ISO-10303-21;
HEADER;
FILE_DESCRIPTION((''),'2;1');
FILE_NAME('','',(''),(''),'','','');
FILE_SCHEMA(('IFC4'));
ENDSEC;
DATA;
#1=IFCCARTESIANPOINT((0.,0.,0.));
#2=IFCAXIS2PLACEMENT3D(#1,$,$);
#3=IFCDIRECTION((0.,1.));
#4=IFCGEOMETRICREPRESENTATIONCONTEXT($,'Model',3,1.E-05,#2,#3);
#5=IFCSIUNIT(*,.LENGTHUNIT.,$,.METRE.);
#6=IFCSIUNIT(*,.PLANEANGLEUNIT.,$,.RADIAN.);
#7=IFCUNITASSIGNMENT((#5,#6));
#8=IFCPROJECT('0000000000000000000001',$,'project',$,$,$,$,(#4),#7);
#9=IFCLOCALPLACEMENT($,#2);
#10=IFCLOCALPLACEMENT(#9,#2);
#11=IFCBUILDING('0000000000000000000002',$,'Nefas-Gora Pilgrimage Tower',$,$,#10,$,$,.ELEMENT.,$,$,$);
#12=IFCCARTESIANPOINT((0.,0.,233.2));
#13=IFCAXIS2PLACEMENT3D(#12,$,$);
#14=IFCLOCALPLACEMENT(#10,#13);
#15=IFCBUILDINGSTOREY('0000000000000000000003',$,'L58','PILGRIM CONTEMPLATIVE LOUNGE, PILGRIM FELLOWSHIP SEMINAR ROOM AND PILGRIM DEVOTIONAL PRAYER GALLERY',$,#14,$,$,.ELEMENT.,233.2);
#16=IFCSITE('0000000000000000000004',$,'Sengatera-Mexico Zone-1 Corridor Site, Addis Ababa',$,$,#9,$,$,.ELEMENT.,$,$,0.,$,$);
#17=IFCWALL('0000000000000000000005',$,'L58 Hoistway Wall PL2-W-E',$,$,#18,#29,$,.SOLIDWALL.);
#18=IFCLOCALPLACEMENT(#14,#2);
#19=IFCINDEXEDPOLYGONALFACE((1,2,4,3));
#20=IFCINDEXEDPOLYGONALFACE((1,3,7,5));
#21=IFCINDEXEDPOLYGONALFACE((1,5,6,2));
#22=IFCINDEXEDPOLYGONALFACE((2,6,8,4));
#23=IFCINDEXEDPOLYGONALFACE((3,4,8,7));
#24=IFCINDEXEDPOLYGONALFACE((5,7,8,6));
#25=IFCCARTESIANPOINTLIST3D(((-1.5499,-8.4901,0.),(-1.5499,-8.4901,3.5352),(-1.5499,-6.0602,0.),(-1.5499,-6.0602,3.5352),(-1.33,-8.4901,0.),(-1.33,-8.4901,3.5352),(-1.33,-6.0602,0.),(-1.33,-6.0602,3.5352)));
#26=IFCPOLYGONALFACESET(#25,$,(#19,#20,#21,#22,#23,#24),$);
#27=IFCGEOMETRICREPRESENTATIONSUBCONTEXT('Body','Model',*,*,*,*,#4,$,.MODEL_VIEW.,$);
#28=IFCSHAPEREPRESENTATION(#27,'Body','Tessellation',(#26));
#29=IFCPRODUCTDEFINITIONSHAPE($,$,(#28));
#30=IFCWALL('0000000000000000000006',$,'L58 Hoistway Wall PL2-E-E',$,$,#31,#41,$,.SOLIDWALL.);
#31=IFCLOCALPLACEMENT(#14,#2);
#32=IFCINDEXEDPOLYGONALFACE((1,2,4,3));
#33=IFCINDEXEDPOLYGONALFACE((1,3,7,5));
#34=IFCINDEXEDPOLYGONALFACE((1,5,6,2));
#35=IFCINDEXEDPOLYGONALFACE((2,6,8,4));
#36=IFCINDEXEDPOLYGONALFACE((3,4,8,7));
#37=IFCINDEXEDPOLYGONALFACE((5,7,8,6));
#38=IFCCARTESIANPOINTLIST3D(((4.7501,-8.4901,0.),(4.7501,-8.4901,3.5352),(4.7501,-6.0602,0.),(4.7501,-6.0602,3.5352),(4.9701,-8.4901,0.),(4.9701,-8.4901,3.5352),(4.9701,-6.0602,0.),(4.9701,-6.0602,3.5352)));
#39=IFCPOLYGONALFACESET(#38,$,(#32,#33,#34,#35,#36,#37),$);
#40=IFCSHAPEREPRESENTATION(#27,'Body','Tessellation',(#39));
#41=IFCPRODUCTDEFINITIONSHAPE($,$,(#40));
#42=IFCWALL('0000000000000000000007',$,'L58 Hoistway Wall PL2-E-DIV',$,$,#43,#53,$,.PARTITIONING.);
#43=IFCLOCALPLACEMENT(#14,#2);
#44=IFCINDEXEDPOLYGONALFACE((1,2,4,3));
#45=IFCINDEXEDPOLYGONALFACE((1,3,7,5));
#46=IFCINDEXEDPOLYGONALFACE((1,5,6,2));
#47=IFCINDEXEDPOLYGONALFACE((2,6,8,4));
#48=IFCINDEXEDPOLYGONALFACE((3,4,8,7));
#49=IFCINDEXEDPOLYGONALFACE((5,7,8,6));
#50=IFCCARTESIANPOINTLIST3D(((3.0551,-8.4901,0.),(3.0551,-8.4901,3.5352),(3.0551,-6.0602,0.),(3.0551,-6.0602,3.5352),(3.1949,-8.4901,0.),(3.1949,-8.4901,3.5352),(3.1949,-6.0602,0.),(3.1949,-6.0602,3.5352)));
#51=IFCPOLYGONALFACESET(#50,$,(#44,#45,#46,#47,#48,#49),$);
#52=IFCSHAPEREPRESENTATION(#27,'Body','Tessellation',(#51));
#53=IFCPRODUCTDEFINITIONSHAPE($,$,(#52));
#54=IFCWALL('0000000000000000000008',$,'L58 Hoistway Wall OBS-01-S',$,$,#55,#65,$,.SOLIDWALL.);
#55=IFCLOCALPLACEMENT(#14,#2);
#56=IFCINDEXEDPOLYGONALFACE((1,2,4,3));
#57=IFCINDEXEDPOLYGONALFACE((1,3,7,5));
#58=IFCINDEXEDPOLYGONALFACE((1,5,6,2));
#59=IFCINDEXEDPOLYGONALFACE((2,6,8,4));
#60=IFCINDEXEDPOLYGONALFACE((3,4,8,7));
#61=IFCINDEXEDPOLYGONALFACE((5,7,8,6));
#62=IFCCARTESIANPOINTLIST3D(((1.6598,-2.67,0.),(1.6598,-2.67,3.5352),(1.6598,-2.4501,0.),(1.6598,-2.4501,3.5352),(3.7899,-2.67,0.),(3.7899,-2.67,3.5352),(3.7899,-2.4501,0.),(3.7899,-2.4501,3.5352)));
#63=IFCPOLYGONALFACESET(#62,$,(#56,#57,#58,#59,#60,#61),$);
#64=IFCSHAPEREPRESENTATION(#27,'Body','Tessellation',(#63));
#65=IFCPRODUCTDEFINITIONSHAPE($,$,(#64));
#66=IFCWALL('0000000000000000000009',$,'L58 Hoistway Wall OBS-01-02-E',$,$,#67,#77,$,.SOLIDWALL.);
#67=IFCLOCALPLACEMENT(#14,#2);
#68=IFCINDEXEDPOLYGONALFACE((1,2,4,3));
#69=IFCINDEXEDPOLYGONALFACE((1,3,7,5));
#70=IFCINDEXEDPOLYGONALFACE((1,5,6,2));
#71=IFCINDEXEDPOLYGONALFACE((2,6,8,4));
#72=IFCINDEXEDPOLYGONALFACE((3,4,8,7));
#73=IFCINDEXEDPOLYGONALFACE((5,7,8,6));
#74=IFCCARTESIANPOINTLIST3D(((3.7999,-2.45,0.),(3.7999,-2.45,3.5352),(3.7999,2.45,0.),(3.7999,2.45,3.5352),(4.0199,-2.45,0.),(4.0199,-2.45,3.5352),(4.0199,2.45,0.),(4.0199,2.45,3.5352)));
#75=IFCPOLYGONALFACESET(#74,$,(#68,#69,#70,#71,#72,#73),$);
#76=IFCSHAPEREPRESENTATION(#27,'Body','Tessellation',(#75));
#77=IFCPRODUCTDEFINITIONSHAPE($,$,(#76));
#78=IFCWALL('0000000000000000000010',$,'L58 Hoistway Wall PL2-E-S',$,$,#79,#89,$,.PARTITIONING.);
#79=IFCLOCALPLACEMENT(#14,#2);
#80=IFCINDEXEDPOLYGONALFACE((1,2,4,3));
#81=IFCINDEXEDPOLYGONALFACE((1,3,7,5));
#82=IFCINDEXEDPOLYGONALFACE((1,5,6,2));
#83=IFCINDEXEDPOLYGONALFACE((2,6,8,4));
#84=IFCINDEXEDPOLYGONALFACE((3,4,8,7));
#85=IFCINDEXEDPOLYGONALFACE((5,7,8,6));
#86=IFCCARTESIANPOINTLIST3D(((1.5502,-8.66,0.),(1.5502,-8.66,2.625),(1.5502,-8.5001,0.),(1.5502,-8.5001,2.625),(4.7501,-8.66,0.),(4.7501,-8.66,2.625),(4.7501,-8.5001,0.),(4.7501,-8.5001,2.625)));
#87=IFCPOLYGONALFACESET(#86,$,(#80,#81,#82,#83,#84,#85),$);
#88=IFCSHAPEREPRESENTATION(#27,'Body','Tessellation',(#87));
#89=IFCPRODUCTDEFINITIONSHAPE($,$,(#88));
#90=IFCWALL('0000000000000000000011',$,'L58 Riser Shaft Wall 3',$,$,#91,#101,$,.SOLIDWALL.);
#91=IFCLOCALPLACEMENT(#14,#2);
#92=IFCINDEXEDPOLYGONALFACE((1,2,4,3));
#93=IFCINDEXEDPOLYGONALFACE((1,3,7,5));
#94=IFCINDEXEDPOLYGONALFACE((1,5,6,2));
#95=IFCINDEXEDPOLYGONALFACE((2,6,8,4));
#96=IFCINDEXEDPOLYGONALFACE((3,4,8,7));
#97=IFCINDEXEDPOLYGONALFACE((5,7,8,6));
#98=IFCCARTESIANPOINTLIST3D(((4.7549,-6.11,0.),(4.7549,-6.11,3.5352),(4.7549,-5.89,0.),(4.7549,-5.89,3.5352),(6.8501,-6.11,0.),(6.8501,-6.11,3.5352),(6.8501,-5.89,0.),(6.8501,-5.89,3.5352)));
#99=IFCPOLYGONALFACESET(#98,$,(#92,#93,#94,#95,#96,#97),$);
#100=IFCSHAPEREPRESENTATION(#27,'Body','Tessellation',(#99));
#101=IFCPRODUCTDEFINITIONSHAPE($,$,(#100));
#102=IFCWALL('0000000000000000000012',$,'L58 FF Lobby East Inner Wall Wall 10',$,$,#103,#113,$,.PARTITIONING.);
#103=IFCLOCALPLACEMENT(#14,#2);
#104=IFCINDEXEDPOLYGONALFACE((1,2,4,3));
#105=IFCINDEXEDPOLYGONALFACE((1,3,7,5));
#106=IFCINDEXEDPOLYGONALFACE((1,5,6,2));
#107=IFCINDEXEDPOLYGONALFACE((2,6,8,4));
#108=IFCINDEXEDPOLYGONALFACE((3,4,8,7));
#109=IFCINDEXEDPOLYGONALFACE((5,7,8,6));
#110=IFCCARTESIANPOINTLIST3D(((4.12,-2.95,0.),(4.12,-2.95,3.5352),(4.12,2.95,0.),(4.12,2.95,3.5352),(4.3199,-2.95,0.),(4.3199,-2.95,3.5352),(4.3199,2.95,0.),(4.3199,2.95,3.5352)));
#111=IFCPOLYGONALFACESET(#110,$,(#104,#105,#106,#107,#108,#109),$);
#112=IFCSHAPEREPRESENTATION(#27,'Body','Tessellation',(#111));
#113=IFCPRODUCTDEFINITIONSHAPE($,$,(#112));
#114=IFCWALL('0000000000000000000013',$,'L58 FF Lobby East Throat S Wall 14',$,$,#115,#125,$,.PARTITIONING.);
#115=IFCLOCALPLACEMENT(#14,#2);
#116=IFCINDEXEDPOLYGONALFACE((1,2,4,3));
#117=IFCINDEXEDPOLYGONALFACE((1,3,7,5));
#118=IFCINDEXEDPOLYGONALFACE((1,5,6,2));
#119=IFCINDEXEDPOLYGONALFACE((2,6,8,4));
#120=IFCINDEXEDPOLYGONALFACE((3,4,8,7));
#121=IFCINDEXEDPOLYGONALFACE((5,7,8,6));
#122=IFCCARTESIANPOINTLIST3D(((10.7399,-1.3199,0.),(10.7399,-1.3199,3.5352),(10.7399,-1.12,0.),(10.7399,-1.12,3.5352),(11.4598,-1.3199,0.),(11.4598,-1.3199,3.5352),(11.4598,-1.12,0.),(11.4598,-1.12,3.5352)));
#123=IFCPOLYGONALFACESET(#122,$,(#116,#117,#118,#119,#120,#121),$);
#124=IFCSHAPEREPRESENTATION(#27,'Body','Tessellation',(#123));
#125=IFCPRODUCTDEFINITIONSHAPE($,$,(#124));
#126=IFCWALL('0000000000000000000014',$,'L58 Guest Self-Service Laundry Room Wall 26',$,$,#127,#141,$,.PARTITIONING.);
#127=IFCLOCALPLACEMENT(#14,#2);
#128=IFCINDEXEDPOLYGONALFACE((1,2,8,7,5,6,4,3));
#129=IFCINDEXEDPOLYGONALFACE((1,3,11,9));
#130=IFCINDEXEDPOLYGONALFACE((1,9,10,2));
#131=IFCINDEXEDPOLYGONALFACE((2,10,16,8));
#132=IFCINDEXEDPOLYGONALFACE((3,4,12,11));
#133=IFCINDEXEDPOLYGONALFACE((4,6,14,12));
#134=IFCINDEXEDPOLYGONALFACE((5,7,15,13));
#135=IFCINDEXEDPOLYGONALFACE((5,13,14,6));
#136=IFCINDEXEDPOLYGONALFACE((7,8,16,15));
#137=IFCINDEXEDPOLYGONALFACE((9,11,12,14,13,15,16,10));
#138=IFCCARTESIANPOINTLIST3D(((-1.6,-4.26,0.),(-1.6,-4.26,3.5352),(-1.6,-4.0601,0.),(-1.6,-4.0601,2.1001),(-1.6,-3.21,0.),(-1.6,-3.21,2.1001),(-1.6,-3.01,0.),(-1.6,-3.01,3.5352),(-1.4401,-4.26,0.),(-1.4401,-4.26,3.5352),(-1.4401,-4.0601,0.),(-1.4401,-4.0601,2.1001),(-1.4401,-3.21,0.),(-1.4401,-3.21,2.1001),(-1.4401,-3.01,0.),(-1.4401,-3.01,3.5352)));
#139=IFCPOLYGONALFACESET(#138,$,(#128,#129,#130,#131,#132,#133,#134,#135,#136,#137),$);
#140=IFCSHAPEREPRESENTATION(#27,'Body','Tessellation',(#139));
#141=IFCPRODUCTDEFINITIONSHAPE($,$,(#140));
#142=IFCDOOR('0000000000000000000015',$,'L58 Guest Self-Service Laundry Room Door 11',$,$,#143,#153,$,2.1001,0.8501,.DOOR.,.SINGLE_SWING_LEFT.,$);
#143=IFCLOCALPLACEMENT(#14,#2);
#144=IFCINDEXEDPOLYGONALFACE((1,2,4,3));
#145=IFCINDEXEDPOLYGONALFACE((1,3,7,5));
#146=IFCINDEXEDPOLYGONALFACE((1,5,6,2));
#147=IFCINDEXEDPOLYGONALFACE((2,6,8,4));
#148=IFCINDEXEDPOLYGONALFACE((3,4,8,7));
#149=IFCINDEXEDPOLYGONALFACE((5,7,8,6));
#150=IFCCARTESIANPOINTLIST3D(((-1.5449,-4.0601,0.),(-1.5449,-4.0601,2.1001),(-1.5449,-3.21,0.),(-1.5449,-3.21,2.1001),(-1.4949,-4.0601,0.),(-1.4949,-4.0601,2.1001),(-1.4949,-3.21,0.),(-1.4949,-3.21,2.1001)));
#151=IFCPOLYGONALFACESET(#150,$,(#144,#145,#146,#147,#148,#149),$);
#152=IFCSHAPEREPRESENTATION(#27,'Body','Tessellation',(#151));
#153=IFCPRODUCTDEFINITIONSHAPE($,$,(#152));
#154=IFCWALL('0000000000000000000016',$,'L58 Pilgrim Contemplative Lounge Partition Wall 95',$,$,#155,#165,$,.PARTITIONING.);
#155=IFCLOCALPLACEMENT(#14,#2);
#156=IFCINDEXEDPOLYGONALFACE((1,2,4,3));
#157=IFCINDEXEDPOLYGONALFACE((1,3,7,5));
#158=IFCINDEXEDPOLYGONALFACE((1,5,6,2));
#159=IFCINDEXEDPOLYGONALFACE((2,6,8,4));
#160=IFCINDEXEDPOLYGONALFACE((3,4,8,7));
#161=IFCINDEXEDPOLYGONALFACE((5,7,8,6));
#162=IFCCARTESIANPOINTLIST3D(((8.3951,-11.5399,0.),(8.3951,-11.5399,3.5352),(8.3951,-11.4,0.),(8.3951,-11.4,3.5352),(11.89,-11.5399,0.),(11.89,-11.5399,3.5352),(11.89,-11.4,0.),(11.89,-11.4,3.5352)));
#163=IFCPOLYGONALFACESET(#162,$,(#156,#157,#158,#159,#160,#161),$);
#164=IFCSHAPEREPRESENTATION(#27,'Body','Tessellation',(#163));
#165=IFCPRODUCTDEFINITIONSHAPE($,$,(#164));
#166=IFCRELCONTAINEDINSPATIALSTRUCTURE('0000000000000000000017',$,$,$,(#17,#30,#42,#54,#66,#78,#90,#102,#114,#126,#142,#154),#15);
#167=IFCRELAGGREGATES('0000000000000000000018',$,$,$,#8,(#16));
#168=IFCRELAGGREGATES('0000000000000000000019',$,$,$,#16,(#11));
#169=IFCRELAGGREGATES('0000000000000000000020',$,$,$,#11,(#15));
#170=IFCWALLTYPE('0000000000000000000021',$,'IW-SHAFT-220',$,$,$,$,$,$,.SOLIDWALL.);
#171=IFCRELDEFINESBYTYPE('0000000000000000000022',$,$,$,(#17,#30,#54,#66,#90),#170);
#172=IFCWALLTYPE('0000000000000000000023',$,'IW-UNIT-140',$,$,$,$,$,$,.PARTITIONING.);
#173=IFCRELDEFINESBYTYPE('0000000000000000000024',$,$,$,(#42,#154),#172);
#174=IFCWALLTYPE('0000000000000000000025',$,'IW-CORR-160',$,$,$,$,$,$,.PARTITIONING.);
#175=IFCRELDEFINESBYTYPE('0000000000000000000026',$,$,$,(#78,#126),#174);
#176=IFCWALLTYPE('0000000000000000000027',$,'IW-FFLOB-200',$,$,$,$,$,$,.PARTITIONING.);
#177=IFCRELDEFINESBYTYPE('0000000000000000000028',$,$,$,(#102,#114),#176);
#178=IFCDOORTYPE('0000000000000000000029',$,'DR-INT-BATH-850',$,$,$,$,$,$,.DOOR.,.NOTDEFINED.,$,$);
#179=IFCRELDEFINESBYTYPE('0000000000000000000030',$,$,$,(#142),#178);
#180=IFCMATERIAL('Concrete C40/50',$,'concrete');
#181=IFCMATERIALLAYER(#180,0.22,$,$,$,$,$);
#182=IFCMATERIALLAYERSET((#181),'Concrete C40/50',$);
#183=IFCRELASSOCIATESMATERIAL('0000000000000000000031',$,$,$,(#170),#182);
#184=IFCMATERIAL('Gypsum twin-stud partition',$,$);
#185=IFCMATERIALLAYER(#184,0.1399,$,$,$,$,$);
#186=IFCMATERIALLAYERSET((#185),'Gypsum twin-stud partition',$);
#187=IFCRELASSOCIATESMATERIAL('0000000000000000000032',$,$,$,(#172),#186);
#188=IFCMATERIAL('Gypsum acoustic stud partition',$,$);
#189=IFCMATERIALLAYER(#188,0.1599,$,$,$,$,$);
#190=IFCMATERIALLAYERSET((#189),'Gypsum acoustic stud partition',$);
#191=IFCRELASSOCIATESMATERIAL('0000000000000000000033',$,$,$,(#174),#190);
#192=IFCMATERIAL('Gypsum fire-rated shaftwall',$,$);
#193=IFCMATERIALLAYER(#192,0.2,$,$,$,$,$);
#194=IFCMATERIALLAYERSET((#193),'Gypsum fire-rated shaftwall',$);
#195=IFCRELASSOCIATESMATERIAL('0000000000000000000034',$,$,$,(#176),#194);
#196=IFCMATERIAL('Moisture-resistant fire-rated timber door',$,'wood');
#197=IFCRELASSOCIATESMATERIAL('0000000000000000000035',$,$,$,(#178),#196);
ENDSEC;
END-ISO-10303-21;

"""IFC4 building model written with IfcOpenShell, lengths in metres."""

from ifc_helpers import new_model, si_unit, direction, frame, frame_2d, origin, place, context, subcontext, project, spatial, rectangle, extrude, source, transform, mapped, material, layer, layer_set, type_object, element, fill, save


model = new_model("IFC4")

# Units and contexts
model_context = context("Model", 3, precision=1e-05, world=origin(), true_north=direction((0.0, 1.0)))
body_context = subcontext(model_context, "Body", "Model", "MODEL_VIEW")
ifc_project = project(units=[si_unit("LENGTHUNIT", "METRE"), si_unit("PLANEANGLEUNIT", "RADIAN")], contexts=[model_context])

# Site, building, storey
site_placement = place(None, origin())
site = spatial("IfcSite", under=ifc_project, at=site_placement, Name="Sengatera-Mexico Zone-1 Corridor Site, Addis Ababa", CompositionType="ELEMENT", RefElevation=0.0)
building_placement = place(site_placement, origin())
building = spatial("IfcBuilding", under=site, at=building_placement, Name="Nefas-Gora Pilgrimage Tower", CompositionType="ELEMENT")
storey_placement = place(building_placement, frame((0.0, 0.0, 233.2)))
storey = spatial("IfcBuildingStorey", under=building, at=storey_placement, Name="L58", Description="PILGRIM CONTEMPLATIVE LOUNGE, PILGRIM FELLOWSHIP SEMINAR ROOM AND PILGRIM DEVOTIONAL PRAYER GALLERY", CompositionType="ELEMENT", Elevation=233.2)

# Shared definitions
ifc_material_1 = material(Name="Concrete C40/50", Category="concrete")
ifc_layer_1 = layer(ifc_material_1, 0.22)
ifc_layer_set_1 = layer_set([ifc_layer_1], Name="Concrete C40/50")
wall_type_1 = type_object("IfcWallType", Name="IW-SHAFT-220", PredefinedType="SOLIDWALL", material=ifc_layer_set_1)

# Walls
shared_shape_1 = source(origin(), body_context, "Body", "SweptSolid", [
    extrude(rectangle(XDim=2.4299, YDim=0.22, at=frame_2d((1.2148, 0.0))), origin(), (0.0, 0.0, 1.0), 3.5352),
])
for number, where, z_axis, x_axis, name in (
    (1, (-1.4399, -8.49, 0.0), (0.0, 0.0, 1.0), (0.0, 1.0, 0.0), "L58 Hoistway Wall PL2-W-E"),
    (2, (4.8601, -8.49, 0.0), (0.0, 0.0, 1.0), (0.0, 1.0, 0.0), "L58 Hoistway Wall PL2-E-E"),
):
    element("IfcWall", number, at=place(storey_placement, frame(where, z_axis=z_axis, x_axis=x_axis)), inside=storey, type_object=wall_type_1, Name=name, PredefinedType="SOLIDWALL", context=body_context, shape_type="MappedRepresentation", body=[
        mapped(shared_shape_1, transform((0.0, 0.0, 0.0), x_axis=(1.0, 0.0, 0.0), y_axis=(0.0, 1.0, 0.0), z_axis=(0.0, 0.0, 1.0), scale=1.0)),
    ])
ifc_material_2 = material(Name="Gypsum twin-stud partition")
ifc_layer_2 = layer(ifc_material_2, 0.1399)
ifc_layer_set_2 = layer_set([ifc_layer_2], Name="Gypsum twin-stud partition")
wall_type_2 = type_object("IfcWallType", Name="IW-UNIT-140", PredefinedType="PARTITIONING", material=ifc_layer_set_2)
shared_shape_2 = source(origin(), body_context, "Body", "SweptSolid", [
    extrude(rectangle(XDim=2.4299, YDim=0.1399, at=frame_2d((1.2148, 0.0))), origin(), (0.0, 0.0, 1.0), 3.5352),
])
wall_1_placement = place(storey_placement, frame((3.125, -8.49, 0.0), z_axis=(0.0, 0.0, 1.0), x_axis=(0.0, 1.0, 0.0)))
element("IfcWall", 3, at=wall_1_placement, inside=storey, type_object=wall_type_2, Name="L58 Hoistway Wall PL2-E-DIV", PredefinedType="PARTITIONING", context=body_context, shape_type="MappedRepresentation", body=[
    mapped(shared_shape_2, transform((0.0, 0.0, 0.0), x_axis=(1.0, 0.0, 0.0), y_axis=(0.0, 1.0, 0.0), z_axis=(0.0, 0.0, 1.0), scale=1.0)),
])
shared_shape_3 = source(origin(), body_context, "Body", "SweptSolid", [
    extrude(rectangle(XDim=2.1301, YDim=0.22, at=frame_2d((1.0649, 0.0))), origin(), (0.0, 0.0, 1.0), 3.5352),
])
wall_2_placement = place(storey_placement, frame((1.6599, -2.5601, 0.0), z_axis=(0.0, 0.0, 1.0), x_axis=(1.0, 0.0, 0.0)))
element("IfcWall", 4, at=wall_2_placement, inside=storey, type_object=wall_type_1, Name="L58 Hoistway Wall OBS-01-S", PredefinedType="SOLIDWALL", context=body_context, shape_type="MappedRepresentation", body=[
    mapped(shared_shape_3, transform((0.0, 0.0, 0.0), x_axis=(1.0, 0.0, 0.0), y_axis=(0.0, 1.0, 0.0), z_axis=(0.0, 0.0, 1.0), scale=1.0)),
])
shared_shape_4 = source(origin(), body_context, "Body", "SweptSolid", [
    extrude(rectangle(XDim=4.8999, YDim=0.22, at=frame_2d((2.45, 0.0))), origin(), (0.0, 0.0, 1.0), 3.5352),
])
wall_3_placement = place(storey_placement, frame((3.9099, -2.45, 0.0), z_axis=(0.0, 0.0, 1.0), x_axis=(0.0, 1.0, 0.0)))
element("IfcWall", 5, at=wall_3_placement, inside=storey, type_object=wall_type_1, Name="L58 Hoistway Wall OBS-01-02-E", PredefinedType="SOLIDWALL", context=body_context, shape_type="MappedRepresentation", body=[
    mapped(shared_shape_4, transform((0.0, 0.0, 0.0), x_axis=(1.0, 0.0, 0.0), y_axis=(0.0, 1.0, 0.0), z_axis=(0.0, 0.0, 1.0), scale=1.0)),
])
ifc_material_3 = material(Name="Gypsum acoustic stud partition")
ifc_layer_3 = layer(ifc_material_3, 0.1599)
ifc_layer_set_3 = layer_set([ifc_layer_3], Name="Gypsum acoustic stud partition")
wall_type_3 = type_object("IfcWallType", Name="IW-CORR-160", PredefinedType="PARTITIONING", material=ifc_layer_set_3)
shared_shape_5 = source(origin(), body_context, "Body", "SweptSolid", [
    extrude(rectangle(XDim=3.2, YDim=0.1599, at=frame_2d((1.6001, 0.0))), origin(), (0.0, 0.0, 1.0), 2.625),
])
wall_4_placement = place(storey_placement, frame((1.55, -8.5801, 0.0), z_axis=(0.0, 0.0, 1.0), x_axis=(1.0, 0.0, 0.0)))
element("IfcWall", 6, at=wall_4_placement, inside=storey, type_object=wall_type_3, Name="L58 Hoistway Wall PL2-E-S", PredefinedType="PARTITIONING", context=body_context, shape_type="MappedRepresentation", body=[
    mapped(shared_shape_5, transform((0.0, 0.0, 0.0), x_axis=(1.0, 0.0, 0.0), y_axis=(0.0, 1.0, 0.0), z_axis=(0.0, 0.0, 1.0), scale=1.0)),
])
shared_shape_6 = source(origin(), body_context, "Body", "SweptSolid", [
    extrude(rectangle(XDim=2.0952, YDim=0.22, at=frame_2d((1.0476, 0.0))), origin(), (0.0, 0.0, 1.0), 3.5352),
])
wall_5_placement = place(storey_placement, frame((4.7549, -6.0, 0.0), z_axis=(0.0, 0.0, 1.0), x_axis=(1.0, 0.0, 0.0)))
element("IfcWall", 7, at=wall_5_placement, inside=storey, type_object=wall_type_1, Name="L58 Riser Shaft Wall 3", PredefinedType="SOLIDWALL", context=body_context, shape_type="MappedRepresentation", body=[
    mapped(shared_shape_6, transform((0.0, 0.0, 0.0), x_axis=(1.0, 0.0, 0.0), y_axis=(0.0, 1.0, 0.0), z_axis=(0.0, 0.0, 1.0), scale=1.0)),
])
ifc_material_4 = material(Name="Gypsum fire-rated shaftwall")
ifc_layer_4 = layer(ifc_material_4, 0.2)
ifc_layer_set_4 = layer_set([ifc_layer_4], Name="Gypsum fire-rated shaftwall")
wall_type_4 = type_object("IfcWallType", Name="IW-FFLOB-200", PredefinedType="PARTITIONING", material=ifc_layer_set_4)
shared_shape_7 = source(origin(), body_context, "Body", "SweptSolid", [
    extrude(rectangle(XDim=5.8999, YDim=0.2, at=frame_2d((2.95, 0.0))), origin(), (0.0, 0.0, 1.0), 3.5352),
])
wall_6_placement = place(storey_placement, frame((4.22, -2.95, 0.0), z_axis=(0.0, 0.0, 1.0), x_axis=(0.0, 1.0, 0.0)))
element("IfcWall", 8, at=wall_6_placement, inside=storey, type_object=wall_type_4, Name="L58 FF Lobby East Inner Wall Wall 10", PredefinedType="PARTITIONING", context=body_context, shape_type="MappedRepresentation", body=[
    mapped(shared_shape_7, transform((0.0, 0.0, 0.0), x_axis=(1.0, 0.0, 0.0), y_axis=(0.0, 1.0, 0.0), z_axis=(0.0, 0.0, 1.0), scale=1.0)),
])
shared_shape_8 = source(origin(), body_context, "Body", "SweptSolid", [
    extrude(rectangle(XDim=0.72, YDim=0.2, at=frame_2d((0.3599, 0.0))), origin(), (0.0, 0.0, 1.0), 3.5352),
])
wall_7_placement = place(storey_placement, frame((10.74, -1.22, 0.0), z_axis=(0.0, 0.0, 1.0), x_axis=(1.0, 0.0, 0.0)))
element("IfcWall", 9, at=wall_7_placement, inside=storey, type_object=wall_type_4, Name="L58 FF Lobby East Throat S Wall 14", PredefinedType="PARTITIONING", context=body_context, shape_type="MappedRepresentation", body=[
    mapped(shared_shape_8, transform((0.0, 0.0, 0.0), x_axis=(1.0, 0.0, 0.0), y_axis=(0.0, 1.0, 0.0), z_axis=(0.0, 0.0, 1.0), scale=1.0)),
])

# Wall, opening, door
shared_shape_9 = source(origin(), body_context, "Body", "SweptSolid", [
    extrude(rectangle(XDim=1.25, YDim=0.1599, at=frame_2d((0.625, 0.0))), origin(), (0.0, 0.0, 1.0), 3.5352),
])
wall_8_placement = place(storey_placement, frame((-1.52, -4.26, 0.0), z_axis=(0.0, 0.0, 1.0), x_axis=(0.0, 1.0, 0.0)))
wall_8 = element("IfcWall", 10, at=wall_8_placement, inside=storey, type_object=wall_type_3, Name="L58 Guest Self-Service Laundry Room Wall 26", PredefinedType="PARTITIONING", context=body_context, shape_type="MappedRepresentation", body=[
    mapped(shared_shape_9, transform((0.0, 0.0, 0.0), x_axis=(1.0, 0.0, 0.0), y_axis=(0.0, 1.0, 0.0), z_axis=(0.0, 0.0, 1.0), scale=1.0)),
])
opening_1_placement = place(wall_8_placement, frame((0.2, 0.0, 0.0)))
opening_1 = element("IfcOpeningElement", 11, at=opening_1_placement, cuts=wall_8, PredefinedType="OPENING", context=body_context, shape_type="SweptSolid", body=[
    extrude(rectangle(XDim=0.8501, YDim=2.1001, at=frame_2d((0.425, 1.05))), frame((0.0, 0.0898, 0.0), z_axis=(0.0, -1.0, 0.0), x_axis=(1.0, 0.0, 0.0)), (0.0, 0.0, 1.0), 0.1799),
])
ifc_material_5 = material(Name="Moisture-resistant fire-rated timber door", Category="wood")
door_type_1 = type_object("IfcDoorType", Name="DR-INT-BATH-850", OperationType="NOTDEFINED", PredefinedType="DOOR", material=ifc_material_5)
shared_shape_10 = source(origin(), body_context, "Body", "SweptSolid", [
    extrude(rectangle(XDim=0.8501, YDim=2.1001, at=frame_2d((0.425, 1.05))), frame((0.0, 0.0249, 0.0), z_axis=(0.0, -1.0, 0.0), x_axis=(1.0, 0.0, 0.0)), (0.0, 0.0, 1.0), 0.05),
])
door_1_placement = place(opening_1_placement, origin())
door_1 = element("IfcDoor", 12, at=door_1_placement, inside=storey, type_object=door_type_1, Name="L58 Guest Self-Service Laundry Room Door 11", OperationType="SINGLE_SWING_LEFT", OverallHeight=2.1001, OverallWidth=0.8501, PredefinedType="DOOR", context=body_context, shape_type="MappedRepresentation", body=[
    mapped(shared_shape_10, transform((0.0, 0.0, 0.0), x_axis=(1.0, 0.0, 0.0), y_axis=(0.0, 1.0, 0.0), z_axis=(0.0, 0.0, 1.0), scale=1.0)),
])
fill(opening_1, door_1)

# Wall
shared_shape_11 = source(origin(), body_context, "Body", "SweptSolid", [
    extrude(rectangle(XDim=3.4949, YDim=0.1399, at=frame_2d((1.7476, 0.0))), origin(), (0.0, 0.0, 1.0), 3.5352),
])
wall_9_placement = place(storey_placement, frame((8.395, -11.47, 0.0), z_axis=(0.0, 0.0, 1.0), x_axis=(1.0, 0.0, 0.0)))
element("IfcWall", 13, at=wall_9_placement, inside=storey, type_object=wall_type_2, Name="L58 Pilgrim Contemplative Lounge Partition Wall 95", PredefinedType="PARTITIONING", context=body_context, shape_type="MappedRepresentation", body=[
    mapped(shared_shape_11, transform((0.0, 0.0, 0.0), x_axis=(1.0, 0.0, 0.0), y_axis=(0.0, 1.0, 0.0), z_axis=(0.0, 0.0, 1.0), scale=1.0)),
])

save(model, "model.ifc")
